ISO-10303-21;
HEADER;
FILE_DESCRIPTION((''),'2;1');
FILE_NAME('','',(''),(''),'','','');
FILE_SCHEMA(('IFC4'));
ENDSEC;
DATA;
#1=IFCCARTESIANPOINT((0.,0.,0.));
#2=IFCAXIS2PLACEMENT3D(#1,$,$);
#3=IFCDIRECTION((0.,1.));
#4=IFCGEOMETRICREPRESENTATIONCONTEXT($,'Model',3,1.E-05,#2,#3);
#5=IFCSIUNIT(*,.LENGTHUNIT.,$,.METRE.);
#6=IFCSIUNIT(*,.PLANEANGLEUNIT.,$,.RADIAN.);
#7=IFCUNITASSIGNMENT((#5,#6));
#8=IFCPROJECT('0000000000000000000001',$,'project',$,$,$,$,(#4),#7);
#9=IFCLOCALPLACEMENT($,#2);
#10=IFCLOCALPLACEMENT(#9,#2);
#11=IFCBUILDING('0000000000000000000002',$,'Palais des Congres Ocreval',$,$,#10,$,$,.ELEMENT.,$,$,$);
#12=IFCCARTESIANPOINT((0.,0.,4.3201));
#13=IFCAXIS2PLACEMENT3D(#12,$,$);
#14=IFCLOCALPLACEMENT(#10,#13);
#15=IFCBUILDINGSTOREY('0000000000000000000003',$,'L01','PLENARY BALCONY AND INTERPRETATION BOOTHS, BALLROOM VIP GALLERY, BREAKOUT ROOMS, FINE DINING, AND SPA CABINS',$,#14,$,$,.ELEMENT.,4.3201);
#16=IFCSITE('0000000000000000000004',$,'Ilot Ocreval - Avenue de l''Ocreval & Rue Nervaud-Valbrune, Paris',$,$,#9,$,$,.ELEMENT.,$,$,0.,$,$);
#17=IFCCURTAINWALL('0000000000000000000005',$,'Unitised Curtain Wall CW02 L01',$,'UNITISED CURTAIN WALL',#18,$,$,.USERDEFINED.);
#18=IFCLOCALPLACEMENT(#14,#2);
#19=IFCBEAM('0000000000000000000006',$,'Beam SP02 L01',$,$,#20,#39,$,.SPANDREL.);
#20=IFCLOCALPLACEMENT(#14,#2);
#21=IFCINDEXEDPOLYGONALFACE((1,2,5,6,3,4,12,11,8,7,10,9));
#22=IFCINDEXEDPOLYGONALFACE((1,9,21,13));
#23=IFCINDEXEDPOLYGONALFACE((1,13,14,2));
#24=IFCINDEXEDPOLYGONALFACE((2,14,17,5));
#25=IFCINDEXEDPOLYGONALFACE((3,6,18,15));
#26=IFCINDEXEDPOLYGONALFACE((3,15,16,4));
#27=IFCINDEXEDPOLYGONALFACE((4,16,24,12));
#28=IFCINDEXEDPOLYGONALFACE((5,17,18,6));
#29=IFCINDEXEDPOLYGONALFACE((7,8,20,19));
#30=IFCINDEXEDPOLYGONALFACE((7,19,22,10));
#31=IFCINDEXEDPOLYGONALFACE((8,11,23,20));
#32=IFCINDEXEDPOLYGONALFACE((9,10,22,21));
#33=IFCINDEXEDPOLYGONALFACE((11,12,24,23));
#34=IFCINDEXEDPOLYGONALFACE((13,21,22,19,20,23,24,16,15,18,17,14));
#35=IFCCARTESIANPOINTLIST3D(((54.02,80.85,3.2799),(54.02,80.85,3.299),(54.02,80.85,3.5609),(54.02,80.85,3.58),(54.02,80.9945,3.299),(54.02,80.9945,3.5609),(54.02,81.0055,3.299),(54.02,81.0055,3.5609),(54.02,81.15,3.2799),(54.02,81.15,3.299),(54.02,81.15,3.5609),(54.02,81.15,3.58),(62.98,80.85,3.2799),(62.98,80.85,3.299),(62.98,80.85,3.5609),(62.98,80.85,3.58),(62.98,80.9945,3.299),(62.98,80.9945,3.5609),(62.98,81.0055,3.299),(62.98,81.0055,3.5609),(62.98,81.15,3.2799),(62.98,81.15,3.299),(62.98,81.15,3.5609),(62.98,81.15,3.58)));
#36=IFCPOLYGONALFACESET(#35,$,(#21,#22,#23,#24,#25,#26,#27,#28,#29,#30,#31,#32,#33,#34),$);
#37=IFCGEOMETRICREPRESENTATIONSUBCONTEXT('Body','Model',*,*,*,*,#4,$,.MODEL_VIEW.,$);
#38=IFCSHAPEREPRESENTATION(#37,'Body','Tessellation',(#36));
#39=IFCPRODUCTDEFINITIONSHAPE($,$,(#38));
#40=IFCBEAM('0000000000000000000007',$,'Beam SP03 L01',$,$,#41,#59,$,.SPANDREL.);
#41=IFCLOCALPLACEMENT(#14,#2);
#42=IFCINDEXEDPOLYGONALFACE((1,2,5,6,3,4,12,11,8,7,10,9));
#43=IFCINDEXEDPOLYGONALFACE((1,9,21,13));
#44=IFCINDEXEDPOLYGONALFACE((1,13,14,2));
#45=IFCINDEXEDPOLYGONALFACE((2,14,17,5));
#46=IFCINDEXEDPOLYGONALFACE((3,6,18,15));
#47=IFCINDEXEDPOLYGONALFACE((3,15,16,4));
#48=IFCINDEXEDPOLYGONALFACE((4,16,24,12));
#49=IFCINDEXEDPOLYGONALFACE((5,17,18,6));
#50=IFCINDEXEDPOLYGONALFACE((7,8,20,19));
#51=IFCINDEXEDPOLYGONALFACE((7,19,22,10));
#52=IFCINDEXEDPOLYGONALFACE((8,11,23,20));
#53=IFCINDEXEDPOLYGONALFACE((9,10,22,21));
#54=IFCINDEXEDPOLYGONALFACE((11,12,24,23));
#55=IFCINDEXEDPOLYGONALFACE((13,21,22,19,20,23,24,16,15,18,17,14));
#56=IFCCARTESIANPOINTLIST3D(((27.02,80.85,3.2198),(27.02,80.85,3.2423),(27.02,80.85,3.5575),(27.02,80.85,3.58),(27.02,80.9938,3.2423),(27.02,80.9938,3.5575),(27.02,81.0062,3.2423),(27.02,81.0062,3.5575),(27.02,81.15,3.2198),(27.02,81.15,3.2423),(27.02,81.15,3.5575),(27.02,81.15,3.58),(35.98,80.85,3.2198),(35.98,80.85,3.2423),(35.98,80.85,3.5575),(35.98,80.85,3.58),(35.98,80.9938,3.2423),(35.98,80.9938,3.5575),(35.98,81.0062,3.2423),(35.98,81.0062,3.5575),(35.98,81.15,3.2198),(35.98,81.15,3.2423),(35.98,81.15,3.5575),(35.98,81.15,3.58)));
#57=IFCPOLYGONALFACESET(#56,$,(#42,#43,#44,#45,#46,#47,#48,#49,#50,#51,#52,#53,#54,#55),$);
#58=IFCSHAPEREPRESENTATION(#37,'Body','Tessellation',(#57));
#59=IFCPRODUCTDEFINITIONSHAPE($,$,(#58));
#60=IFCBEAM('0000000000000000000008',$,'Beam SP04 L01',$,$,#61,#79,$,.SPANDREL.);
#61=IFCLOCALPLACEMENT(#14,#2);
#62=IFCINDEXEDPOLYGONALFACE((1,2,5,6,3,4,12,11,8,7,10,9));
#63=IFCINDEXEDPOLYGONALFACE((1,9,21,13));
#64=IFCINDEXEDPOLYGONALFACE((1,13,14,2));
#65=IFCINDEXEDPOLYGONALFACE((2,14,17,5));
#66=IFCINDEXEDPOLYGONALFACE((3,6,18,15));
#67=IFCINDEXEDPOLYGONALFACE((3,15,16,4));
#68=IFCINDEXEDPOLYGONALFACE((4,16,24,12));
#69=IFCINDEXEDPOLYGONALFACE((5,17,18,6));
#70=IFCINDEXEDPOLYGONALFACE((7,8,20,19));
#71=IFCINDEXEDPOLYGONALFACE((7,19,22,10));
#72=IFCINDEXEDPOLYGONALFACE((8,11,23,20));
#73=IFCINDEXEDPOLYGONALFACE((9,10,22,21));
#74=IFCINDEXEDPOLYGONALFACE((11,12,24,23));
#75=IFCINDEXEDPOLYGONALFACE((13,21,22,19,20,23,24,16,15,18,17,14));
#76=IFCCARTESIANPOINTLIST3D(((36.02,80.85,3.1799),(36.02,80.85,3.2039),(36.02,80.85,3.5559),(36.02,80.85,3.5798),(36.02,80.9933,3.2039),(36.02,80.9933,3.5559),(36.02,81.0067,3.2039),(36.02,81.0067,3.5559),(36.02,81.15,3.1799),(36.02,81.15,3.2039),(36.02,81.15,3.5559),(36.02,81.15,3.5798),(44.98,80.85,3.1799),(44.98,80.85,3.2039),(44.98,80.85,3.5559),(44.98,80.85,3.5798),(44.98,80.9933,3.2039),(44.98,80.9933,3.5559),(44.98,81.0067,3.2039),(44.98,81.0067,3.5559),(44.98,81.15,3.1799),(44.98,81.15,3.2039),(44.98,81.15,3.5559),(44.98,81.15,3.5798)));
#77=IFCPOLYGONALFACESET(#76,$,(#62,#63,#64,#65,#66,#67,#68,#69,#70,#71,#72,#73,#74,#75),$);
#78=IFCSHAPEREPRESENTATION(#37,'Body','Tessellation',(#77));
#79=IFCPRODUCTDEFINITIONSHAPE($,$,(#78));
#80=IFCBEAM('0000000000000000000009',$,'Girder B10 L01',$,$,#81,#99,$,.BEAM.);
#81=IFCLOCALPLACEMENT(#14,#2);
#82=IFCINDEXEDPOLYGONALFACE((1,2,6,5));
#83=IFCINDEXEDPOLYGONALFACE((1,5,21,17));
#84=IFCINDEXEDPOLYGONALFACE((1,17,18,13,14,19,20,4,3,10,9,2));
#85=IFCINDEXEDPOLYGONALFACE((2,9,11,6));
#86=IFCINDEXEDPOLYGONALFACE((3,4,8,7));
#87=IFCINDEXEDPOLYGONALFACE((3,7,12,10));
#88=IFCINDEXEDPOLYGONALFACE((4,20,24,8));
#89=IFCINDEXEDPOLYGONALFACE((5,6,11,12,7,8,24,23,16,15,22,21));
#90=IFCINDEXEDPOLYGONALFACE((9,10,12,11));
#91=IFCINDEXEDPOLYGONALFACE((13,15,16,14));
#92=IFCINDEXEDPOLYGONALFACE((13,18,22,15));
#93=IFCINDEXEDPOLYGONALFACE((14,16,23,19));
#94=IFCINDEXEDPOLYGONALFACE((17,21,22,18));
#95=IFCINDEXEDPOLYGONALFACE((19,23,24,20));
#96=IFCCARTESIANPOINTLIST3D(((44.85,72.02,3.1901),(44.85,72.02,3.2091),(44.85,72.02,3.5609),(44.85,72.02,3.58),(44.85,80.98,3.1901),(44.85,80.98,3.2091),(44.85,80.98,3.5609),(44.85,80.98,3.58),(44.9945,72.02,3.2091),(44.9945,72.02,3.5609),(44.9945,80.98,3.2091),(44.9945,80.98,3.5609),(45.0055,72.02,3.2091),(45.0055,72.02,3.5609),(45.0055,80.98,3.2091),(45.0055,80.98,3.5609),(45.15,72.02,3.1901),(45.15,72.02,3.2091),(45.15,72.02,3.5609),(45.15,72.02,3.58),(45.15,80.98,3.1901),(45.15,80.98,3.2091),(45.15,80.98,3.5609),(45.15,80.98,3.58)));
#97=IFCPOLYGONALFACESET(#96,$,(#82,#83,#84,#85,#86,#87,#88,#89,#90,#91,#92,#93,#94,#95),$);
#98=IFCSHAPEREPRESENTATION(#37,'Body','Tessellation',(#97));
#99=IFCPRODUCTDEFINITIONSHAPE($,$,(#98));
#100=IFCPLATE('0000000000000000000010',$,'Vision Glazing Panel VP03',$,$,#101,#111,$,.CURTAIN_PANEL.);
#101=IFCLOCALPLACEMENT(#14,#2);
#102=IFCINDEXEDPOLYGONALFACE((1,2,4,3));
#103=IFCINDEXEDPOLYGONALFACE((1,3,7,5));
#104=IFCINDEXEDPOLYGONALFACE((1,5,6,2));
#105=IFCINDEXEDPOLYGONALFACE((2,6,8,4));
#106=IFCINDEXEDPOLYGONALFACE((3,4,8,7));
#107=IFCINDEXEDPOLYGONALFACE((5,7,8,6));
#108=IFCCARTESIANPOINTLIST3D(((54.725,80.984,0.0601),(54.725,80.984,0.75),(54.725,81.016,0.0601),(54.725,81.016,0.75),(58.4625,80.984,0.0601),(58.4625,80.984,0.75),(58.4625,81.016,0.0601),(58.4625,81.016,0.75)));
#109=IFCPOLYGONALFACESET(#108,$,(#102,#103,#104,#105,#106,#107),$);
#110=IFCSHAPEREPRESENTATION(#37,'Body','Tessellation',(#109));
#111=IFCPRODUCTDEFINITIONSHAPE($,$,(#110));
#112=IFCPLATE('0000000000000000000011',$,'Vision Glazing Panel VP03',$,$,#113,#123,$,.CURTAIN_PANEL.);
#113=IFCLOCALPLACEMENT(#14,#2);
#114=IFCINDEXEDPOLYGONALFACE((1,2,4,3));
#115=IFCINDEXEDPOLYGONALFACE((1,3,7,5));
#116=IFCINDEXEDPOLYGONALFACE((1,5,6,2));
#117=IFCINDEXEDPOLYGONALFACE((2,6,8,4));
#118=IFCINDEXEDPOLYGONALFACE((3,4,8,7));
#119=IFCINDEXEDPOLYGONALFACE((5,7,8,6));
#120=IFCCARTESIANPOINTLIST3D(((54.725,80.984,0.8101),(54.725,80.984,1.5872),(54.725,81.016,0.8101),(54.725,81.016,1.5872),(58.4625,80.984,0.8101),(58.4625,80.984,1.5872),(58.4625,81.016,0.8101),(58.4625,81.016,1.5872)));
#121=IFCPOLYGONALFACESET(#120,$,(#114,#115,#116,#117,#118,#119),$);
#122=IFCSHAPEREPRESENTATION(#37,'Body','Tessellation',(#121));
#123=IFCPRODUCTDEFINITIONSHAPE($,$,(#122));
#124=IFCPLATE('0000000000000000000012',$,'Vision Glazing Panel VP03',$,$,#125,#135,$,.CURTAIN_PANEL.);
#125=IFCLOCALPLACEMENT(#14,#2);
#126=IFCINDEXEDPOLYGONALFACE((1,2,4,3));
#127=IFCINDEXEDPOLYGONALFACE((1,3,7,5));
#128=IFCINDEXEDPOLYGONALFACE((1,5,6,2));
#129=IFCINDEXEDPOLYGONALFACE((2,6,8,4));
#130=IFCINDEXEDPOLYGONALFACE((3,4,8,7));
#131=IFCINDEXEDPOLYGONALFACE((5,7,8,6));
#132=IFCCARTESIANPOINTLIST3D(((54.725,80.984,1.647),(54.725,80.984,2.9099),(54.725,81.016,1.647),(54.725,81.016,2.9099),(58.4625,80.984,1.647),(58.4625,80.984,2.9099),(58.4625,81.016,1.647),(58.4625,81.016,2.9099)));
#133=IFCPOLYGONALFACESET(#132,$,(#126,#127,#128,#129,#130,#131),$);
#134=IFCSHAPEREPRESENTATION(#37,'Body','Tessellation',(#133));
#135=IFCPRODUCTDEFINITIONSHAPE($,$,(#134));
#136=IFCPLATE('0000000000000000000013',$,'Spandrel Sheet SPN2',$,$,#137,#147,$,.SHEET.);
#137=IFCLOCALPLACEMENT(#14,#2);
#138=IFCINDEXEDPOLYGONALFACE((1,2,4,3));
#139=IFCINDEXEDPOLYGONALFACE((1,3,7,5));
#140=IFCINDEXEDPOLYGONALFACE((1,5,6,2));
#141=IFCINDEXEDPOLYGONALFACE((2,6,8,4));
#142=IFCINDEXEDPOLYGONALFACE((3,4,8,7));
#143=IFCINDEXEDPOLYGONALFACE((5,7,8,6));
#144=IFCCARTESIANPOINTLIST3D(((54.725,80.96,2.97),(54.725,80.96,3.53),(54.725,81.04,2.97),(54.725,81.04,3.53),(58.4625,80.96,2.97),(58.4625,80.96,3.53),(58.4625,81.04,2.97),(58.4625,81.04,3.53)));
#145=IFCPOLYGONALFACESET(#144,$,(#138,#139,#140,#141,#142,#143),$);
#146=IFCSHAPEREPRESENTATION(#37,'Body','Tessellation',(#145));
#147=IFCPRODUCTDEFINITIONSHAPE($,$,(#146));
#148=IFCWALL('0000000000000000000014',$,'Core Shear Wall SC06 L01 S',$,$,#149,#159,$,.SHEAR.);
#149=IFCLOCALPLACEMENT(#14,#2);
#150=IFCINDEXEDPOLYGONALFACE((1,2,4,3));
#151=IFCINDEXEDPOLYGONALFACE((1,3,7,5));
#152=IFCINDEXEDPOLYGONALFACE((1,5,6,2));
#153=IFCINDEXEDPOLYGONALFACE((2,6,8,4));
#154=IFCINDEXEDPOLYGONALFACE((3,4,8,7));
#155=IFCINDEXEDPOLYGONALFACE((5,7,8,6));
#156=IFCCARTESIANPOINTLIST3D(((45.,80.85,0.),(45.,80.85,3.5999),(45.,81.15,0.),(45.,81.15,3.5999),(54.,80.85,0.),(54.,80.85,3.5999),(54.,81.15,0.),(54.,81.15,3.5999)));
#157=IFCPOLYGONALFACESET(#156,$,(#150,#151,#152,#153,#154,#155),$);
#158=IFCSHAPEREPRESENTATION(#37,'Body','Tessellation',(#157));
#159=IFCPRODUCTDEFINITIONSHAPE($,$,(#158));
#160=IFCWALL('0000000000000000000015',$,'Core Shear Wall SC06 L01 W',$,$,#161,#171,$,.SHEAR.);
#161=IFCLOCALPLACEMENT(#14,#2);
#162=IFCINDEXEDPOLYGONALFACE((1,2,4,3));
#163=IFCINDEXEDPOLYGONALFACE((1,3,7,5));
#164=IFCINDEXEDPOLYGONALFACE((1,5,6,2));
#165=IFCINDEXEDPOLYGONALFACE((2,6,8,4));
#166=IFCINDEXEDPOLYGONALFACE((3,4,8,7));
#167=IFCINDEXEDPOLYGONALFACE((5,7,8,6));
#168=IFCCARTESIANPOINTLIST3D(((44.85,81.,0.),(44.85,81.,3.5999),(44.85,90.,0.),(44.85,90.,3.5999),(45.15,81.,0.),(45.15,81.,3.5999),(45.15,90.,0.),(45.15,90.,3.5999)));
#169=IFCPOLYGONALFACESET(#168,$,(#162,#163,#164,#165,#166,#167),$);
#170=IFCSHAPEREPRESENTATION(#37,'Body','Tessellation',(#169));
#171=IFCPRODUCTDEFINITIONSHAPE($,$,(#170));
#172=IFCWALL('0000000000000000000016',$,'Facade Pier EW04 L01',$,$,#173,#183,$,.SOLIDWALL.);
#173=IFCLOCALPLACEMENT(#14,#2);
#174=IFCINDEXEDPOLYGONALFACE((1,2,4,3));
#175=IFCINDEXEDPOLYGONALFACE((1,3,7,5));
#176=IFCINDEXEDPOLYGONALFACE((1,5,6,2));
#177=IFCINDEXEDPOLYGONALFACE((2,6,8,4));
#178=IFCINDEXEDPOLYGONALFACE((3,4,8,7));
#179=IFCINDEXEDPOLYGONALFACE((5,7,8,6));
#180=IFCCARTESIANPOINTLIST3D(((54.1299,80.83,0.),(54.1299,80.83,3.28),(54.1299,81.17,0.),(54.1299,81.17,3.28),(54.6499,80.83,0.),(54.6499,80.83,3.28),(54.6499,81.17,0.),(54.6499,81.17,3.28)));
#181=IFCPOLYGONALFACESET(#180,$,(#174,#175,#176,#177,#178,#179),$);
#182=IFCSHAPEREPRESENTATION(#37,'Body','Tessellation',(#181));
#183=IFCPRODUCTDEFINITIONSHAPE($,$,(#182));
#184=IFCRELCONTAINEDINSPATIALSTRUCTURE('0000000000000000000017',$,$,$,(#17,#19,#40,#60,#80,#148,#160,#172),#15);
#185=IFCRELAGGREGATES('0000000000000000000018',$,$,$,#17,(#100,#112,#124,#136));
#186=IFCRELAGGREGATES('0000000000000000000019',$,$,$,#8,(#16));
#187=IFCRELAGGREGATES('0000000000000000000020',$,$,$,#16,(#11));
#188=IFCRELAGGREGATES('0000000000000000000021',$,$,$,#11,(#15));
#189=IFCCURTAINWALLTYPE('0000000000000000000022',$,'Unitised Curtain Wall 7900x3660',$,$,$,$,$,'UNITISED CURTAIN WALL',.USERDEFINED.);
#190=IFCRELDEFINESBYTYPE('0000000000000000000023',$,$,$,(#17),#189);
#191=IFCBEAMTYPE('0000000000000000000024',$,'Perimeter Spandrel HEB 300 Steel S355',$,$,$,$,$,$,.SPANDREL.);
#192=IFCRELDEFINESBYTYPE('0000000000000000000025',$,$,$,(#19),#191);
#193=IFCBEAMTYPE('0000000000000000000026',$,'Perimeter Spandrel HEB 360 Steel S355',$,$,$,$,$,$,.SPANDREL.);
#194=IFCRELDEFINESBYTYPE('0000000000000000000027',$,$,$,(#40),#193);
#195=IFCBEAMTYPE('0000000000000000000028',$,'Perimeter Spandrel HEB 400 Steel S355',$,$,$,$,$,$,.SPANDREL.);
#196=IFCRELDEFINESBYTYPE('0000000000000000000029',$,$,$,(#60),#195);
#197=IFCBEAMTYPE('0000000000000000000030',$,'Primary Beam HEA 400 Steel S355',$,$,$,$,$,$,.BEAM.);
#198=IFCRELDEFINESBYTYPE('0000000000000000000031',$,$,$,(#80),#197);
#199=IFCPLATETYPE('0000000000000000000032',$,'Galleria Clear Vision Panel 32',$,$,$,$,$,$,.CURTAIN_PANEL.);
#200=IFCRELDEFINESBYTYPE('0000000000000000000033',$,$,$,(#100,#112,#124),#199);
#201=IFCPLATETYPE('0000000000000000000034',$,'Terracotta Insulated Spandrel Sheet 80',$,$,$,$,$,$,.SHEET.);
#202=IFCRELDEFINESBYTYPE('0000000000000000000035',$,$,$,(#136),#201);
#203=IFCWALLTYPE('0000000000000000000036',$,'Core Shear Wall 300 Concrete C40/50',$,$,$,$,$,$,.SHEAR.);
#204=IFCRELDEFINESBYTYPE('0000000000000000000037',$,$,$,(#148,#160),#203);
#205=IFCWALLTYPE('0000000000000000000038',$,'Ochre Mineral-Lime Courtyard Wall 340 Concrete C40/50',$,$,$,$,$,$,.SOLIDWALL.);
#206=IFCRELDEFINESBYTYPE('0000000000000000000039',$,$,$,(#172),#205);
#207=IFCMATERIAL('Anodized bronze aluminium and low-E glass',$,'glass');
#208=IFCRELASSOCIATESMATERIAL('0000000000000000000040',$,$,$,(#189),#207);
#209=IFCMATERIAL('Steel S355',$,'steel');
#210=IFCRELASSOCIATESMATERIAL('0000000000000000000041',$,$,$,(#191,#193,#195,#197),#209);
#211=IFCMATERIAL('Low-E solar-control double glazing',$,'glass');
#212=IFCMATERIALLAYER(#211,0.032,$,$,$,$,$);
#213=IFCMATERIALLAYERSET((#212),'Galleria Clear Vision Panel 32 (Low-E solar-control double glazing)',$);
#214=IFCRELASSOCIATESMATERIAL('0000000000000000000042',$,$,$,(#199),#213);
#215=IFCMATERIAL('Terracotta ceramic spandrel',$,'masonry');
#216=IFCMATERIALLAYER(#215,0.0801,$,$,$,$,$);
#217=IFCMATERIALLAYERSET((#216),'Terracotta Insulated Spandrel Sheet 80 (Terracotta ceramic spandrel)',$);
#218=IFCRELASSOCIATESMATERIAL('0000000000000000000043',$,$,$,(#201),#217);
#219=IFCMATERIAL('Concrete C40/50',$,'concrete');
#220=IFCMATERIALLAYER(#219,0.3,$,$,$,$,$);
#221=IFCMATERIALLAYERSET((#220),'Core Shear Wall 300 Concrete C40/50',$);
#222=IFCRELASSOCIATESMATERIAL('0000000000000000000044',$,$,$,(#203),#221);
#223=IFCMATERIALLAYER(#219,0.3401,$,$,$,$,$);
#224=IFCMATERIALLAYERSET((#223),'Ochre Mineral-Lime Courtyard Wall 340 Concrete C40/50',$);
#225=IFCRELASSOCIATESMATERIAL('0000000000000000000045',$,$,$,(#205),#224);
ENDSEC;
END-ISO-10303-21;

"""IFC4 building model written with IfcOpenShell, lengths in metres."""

from ifc_helpers import new_model, si_unit, direction, frame, frame_2d, origin, origin_2d, place, context, subcontext, project, spatial, rectangle, i_section, extrude, material, layer, layer_set, material_profile, profile_set, type_object, element, aggregate, save


model = new_model("IFC4")

# Units and contexts
model_context = context("Model", 3, precision=1e-05, world=origin(), true_north=direction((0.0, 1.0)))
body_context = subcontext(model_context, "Body", "Model", "MODEL_VIEW")
ifc_project = project(units=[si_unit("LENGTHUNIT", "METRE"), si_unit("PLANEANGLEUNIT", "RADIAN")], contexts=[model_context])

# Site, building, storey
site_placement = place(None, origin())
site = spatial("IfcSite", under=ifc_project, at=site_placement, Name="Ilot Ocreval - Avenue de l'Ocreval & Rue Nervaud-Valbrune, Paris", CompositionType="ELEMENT", RefElevation=0.0)
building_placement = place(site_placement, origin())
building = spatial("IfcBuilding", under=site, at=building_placement, Name="Palais des Congres Ocreval", CompositionType="ELEMENT")
storey_placement = place(building_placement, frame((0.0, 0.0, 4.3201)))
storey = spatial("IfcBuildingStorey", under=building, at=storey_placement, Name="L01", Description="PLENARY BALCONY AND INTERPRETATION BOOTHS, BALLROOM VIP GALLERY, BREAKOUT ROOMS, FINE DINING, AND SPA CABINS", CompositionType="ELEMENT", Elevation=4.3201)

# Shared definitions
ifc_material_1 = material(Name="Steel S355", Category="steel")

# Curtain wall
ifc_material_2 = material(Name="Anodized bronze aluminium and low-E glass", Category="glass")
curtain_wall_type = type_object("IfcCurtainWallType", Name="Unitised Curtain Wall 7900x3660", ElementType="UNITISED CURTAIN WALL", PredefinedType="USERDEFINED", material=ifc_material_2)
curtain_wall_placement = place(storey_placement, origin())
curtain_wall = element("IfcCurtainWall", 1, at=curtain_wall_placement, inside=storey, type_object=curtain_wall_type, Name="Unitised Curtain Wall CW02 L01", ObjectType="UNITISED CURTAIN WALL", PredefinedType="USERDEFINED")

# Beams
ifc_material_profile_1 = material_profile(ifc_material_1, i_section(OverallWidth=0.3, OverallDepth=0.3, WebThickness=0.011, FlangeThickness=0.019, at=origin_2d()), Name="HEB 300")
ifc_profile_set_1 = profile_set([ifc_material_profile_1], Name="Steel S355")
beam_type_1 = type_object("IfcBeamType", Name="Perimeter Spandrel HEB 300 Steel S355", PredefinedType="SPANDREL", material=ifc_profile_set_1)
beam_1_placement = place(storey_placement, frame((54.02, 81.0, 3.4299), z_axis=(1.0, 0.0, 0.0), x_axis=(0.0, 1.0, 0.0)))
element("IfcBeam", 2, at=beam_1_placement, inside=storey, type_object=beam_type_1, Name="Beam SP02 L01", PredefinedType="SPANDREL", context=body_context, shape_type="SweptSolid", body=[
    extrude(i_section(OverallWidth=0.3, OverallDepth=0.3, WebThickness=0.011, FlangeThickness=0.019, at=origin_2d()), origin(), (0.0, 0.0, 1.0), 8.96),
])
ifc_material_profile_2 = material_profile(ifc_material_1, i_section(OverallWidth=0.3, OverallDepth=0.3601, WebThickness=0.0125, FlangeThickness=0.0225, at=origin_2d()), Name="HEB 360")
ifc_profile_set_2 = profile_set([ifc_material_profile_2], Name="Steel S355")
beam_type_2 = type_object("IfcBeamType", Name="Perimeter Spandrel HEB 360 Steel S355", PredefinedType="SPANDREL", material=ifc_profile_set_2)
beam_2_placement = place(storey_placement, frame((27.02, 81.0, 3.3999), z_axis=(1.0, 0.0, 0.0), x_axis=(0.0, 1.0, 0.0)))
element("IfcBeam", 3, at=beam_2_placement, inside=storey, type_object=beam_type_2, Name="Beam SP03 L01", PredefinedType="SPANDREL", context=body_context, shape_type="SweptSolid", body=[
    extrude(i_section(OverallWidth=0.3, OverallDepth=0.3601, WebThickness=0.0125, FlangeThickness=0.0225, at=origin_2d()), origin(), (0.0, 0.0, 1.0), 8.96),
])
ifc_material_profile_3 = material_profile(ifc_material_1, i_section(OverallWidth=0.3, OverallDepth=0.3999, WebThickness=0.0134, FlangeThickness=0.0239, at=origin_2d()), Name="HEB 400")
ifc_profile_set_3 = profile_set([ifc_material_profile_3], Name="Steel S355")
beam_type_3 = type_object("IfcBeamType", Name="Perimeter Spandrel HEB 400 Steel S355", PredefinedType="SPANDREL", material=ifc_profile_set_3)
beam_3_placement = place(storey_placement, frame((36.02, 81.0, 3.3799), z_axis=(1.0, 0.0, 0.0), x_axis=(0.0, 1.0, 0.0)))
element("IfcBeam", 4, at=beam_3_placement, inside=storey, type_object=beam_type_3, Name="Beam SP04 L01", PredefinedType="SPANDREL", context=body_context, shape_type="SweptSolid", body=[
    extrude(i_section(OverallWidth=0.3, OverallDepth=0.3999, WebThickness=0.0134, FlangeThickness=0.0239, at=origin_2d()), origin(), (0.0, 0.0, 1.0), 8.96),
])
ifc_material_profile_4 = material_profile(ifc_material_1, i_section(OverallWidth=0.3, OverallDepth=0.3899, WebThickness=0.011, FlangeThickness=0.019, at=origin_2d()), Name="HEA 400")
ifc_profile_set_4 = profile_set([ifc_material_profile_4], Name="Steel S355")
beam_type_4 = type_object("IfcBeamType", Name="Primary Beam HEA 400 Steel S355", PredefinedType="BEAM", material=ifc_profile_set_4)
beam_4_placement = place(storey_placement, frame((45.0, 72.02, 3.385), z_axis=(0.0, 1.0, 0.0), x_axis=(-1.0, 0.0, 0.0)))
element("IfcBeam", 5, at=beam_4_placement, inside=storey, type_object=beam_type_4, Name="Girder B10 L01", PredefinedType="BEAM", context=body_context, shape_type="SweptSolid", body=[
    extrude(i_section(OverallWidth=0.3, OverallDepth=0.3899, WebThickness=0.011, FlangeThickness=0.019, at=origin_2d()), origin(), (0.0, 0.0, 1.0), 8.96),
])

# Plates
ifc_material_3 = material(Name="Low-E solar-control double glazing", Category="glass")
ifc_layer_1 = layer(ifc_material_3, 0.032)
ifc_layer_set_1 = layer_set([ifc_layer_1], Name="Galleria Clear Vision Panel 32 (Low-E solar-control double glazing)")
plate_type_1 = type_object("IfcPlateType", Name="Galleria Clear Vision Panel 32", PredefinedType="CURTAIN_PANEL", material=ifc_layer_set_1)
plate_1_placement = place(storey_placement, frame((56.5938, 81.0, 0.0601), z_axis=(0.0, 0.0, 1.0), x_axis=(1.0, 0.0, 0.0)))
plate_1 = element("IfcPlate", 6, at=plate_1_placement, type_object=plate_type_1, Name="Vision Glazing Panel VP03", PredefinedType="CURTAIN_PANEL", context=body_context, shape_type="SweptSolid", body=[
    extrude(rectangle(XDim=3.7375, YDim=0.032, at=origin_2d()), origin(), (0.0, 0.0, 1.0), 0.6899),
])
plate_2_placement = place(storey_placement, frame((56.5938, 81.0, 0.8101), z_axis=(0.0, 0.0, 1.0), x_axis=(1.0, 0.0, 0.0)))
plate_2 = element("IfcPlate", 7, at=plate_2_placement, type_object=plate_type_1, Name="Vision Glazing Panel VP03", PredefinedType="CURTAIN_PANEL", context=body_context, shape_type="SweptSolid", body=[
    extrude(rectangle(XDim=3.7375, YDim=0.032, at=origin_2d()), origin(), (0.0, 0.0, 1.0), 0.7771),
])
plate_3_placement = place(storey_placement, frame((56.5938, 81.0, 1.647), z_axis=(0.0, 0.0, 1.0), x_axis=(1.0, 0.0, 0.0)))
plate_3 = element("IfcPlate", 8, at=plate_3_placement, type_object=plate_type_1, Name="Vision Glazing Panel VP03", PredefinedType="CURTAIN_PANEL", context=body_context, shape_type="SweptSolid", body=[
    extrude(rectangle(XDim=3.7375, YDim=0.032, at=origin_2d()), origin(), (0.0, 0.0, 1.0), 1.2629),
])
ifc_material_4 = material(Name="Terracotta ceramic spandrel", Category="masonry")
ifc_layer_2 = layer(ifc_material_4, 0.0801)
ifc_layer_set_2 = layer_set([ifc_layer_2], Name="Terracotta Insulated Spandrel Sheet 80 (Terracotta ceramic spandrel)")
plate_type_2 = type_object("IfcPlateType", Name="Terracotta Insulated Spandrel Sheet 80", PredefinedType="SHEET", material=ifc_layer_set_2)
plate_4_placement = place(storey_placement, frame((56.5938, 81.0, 2.97), z_axis=(0.0, 0.0, 1.0), x_axis=(1.0, 0.0, 0.0)))
plate_4 = element("IfcPlate", 9, at=plate_4_placement, type_object=plate_type_2, Name="Spandrel Sheet SPN2", PredefinedType="SHEET", context=body_context, shape_type="SweptSolid", body=[
    extrude(rectangle(XDim=3.7375, YDim=0.0801, at=origin_2d()), origin(), (0.0, 0.0, 1.0), 0.5601),
])
aggregate(curtain_wall, [plate_1, plate_2, plate_3, plate_4])

# Walls
ifc_material_5 = material(Name="Concrete C40/50", Category="concrete")
ifc_layer_3 = layer(ifc_material_5, 0.3)
ifc_layer_set_3 = layer_set([ifc_layer_3], Name="Core Shear Wall 300 Concrete C40/50")
wall_type_1 = type_object("IfcWallType", Name="Core Shear Wall 300 Concrete C40/50", PredefinedType="SHEAR", material=ifc_layer_set_3)
for number, where, z_axis, x_axis, name in (
    (10, (45.0, 81.0, 0.0), (0.0, 0.0, 1.0), (1.0, 0.0, 0.0), "Core Shear Wall SC06 L01 S"),
    (11, (45.0, 81.0, 0.0), (0.0, 0.0, 1.0), (0.0, 1.0, 0.0), "Core Shear Wall SC06 L01 W"),
):
    element("IfcWall", number, at=place(storey_placement, frame(where, z_axis=z_axis, x_axis=x_axis)), inside=storey, type_object=wall_type_1, Name=name, PredefinedType="SHEAR", context=body_context, shape_type="SweptSolid", body=[
        extrude(rectangle(XDim=9.0, YDim=0.3, at=frame_2d((4.5, 0.0))), origin(), (0.0, 0.0, 1.0), 3.5999),
    ])
ifc_layer_4 = layer(ifc_material_5, 0.3401)
ifc_layer_set_4 = layer_set([ifc_layer_4], Name="Ochre Mineral-Lime Courtyard Wall 340 Concrete C40/50")
wall_type_2 = type_object("IfcWallType", Name="Ochre Mineral-Lime Courtyard Wall 340 Concrete C40/50", PredefinedType="SOLIDWALL", material=ifc_layer_set_4)
wall_placement = place(storey_placement, frame((54.1299, 81.0, 0.0), z_axis=(0.0, 0.0, 1.0), x_axis=(1.0, 0.0, 0.0)))
element("IfcWall", 12, at=wall_placement, inside=storey, type_object=wall_type_2, Name="Facade Pier EW04 L01", PredefinedType="SOLIDWALL", context=body_context, shape_type="SweptSolid", body=[
    extrude(rectangle(XDim=0.52, YDim=0.3401, at=frame_2d((0.26, 0.0))), origin(), (0.0, 0.0, 1.0), 3.28),
])

save(model, "model.ifc")
